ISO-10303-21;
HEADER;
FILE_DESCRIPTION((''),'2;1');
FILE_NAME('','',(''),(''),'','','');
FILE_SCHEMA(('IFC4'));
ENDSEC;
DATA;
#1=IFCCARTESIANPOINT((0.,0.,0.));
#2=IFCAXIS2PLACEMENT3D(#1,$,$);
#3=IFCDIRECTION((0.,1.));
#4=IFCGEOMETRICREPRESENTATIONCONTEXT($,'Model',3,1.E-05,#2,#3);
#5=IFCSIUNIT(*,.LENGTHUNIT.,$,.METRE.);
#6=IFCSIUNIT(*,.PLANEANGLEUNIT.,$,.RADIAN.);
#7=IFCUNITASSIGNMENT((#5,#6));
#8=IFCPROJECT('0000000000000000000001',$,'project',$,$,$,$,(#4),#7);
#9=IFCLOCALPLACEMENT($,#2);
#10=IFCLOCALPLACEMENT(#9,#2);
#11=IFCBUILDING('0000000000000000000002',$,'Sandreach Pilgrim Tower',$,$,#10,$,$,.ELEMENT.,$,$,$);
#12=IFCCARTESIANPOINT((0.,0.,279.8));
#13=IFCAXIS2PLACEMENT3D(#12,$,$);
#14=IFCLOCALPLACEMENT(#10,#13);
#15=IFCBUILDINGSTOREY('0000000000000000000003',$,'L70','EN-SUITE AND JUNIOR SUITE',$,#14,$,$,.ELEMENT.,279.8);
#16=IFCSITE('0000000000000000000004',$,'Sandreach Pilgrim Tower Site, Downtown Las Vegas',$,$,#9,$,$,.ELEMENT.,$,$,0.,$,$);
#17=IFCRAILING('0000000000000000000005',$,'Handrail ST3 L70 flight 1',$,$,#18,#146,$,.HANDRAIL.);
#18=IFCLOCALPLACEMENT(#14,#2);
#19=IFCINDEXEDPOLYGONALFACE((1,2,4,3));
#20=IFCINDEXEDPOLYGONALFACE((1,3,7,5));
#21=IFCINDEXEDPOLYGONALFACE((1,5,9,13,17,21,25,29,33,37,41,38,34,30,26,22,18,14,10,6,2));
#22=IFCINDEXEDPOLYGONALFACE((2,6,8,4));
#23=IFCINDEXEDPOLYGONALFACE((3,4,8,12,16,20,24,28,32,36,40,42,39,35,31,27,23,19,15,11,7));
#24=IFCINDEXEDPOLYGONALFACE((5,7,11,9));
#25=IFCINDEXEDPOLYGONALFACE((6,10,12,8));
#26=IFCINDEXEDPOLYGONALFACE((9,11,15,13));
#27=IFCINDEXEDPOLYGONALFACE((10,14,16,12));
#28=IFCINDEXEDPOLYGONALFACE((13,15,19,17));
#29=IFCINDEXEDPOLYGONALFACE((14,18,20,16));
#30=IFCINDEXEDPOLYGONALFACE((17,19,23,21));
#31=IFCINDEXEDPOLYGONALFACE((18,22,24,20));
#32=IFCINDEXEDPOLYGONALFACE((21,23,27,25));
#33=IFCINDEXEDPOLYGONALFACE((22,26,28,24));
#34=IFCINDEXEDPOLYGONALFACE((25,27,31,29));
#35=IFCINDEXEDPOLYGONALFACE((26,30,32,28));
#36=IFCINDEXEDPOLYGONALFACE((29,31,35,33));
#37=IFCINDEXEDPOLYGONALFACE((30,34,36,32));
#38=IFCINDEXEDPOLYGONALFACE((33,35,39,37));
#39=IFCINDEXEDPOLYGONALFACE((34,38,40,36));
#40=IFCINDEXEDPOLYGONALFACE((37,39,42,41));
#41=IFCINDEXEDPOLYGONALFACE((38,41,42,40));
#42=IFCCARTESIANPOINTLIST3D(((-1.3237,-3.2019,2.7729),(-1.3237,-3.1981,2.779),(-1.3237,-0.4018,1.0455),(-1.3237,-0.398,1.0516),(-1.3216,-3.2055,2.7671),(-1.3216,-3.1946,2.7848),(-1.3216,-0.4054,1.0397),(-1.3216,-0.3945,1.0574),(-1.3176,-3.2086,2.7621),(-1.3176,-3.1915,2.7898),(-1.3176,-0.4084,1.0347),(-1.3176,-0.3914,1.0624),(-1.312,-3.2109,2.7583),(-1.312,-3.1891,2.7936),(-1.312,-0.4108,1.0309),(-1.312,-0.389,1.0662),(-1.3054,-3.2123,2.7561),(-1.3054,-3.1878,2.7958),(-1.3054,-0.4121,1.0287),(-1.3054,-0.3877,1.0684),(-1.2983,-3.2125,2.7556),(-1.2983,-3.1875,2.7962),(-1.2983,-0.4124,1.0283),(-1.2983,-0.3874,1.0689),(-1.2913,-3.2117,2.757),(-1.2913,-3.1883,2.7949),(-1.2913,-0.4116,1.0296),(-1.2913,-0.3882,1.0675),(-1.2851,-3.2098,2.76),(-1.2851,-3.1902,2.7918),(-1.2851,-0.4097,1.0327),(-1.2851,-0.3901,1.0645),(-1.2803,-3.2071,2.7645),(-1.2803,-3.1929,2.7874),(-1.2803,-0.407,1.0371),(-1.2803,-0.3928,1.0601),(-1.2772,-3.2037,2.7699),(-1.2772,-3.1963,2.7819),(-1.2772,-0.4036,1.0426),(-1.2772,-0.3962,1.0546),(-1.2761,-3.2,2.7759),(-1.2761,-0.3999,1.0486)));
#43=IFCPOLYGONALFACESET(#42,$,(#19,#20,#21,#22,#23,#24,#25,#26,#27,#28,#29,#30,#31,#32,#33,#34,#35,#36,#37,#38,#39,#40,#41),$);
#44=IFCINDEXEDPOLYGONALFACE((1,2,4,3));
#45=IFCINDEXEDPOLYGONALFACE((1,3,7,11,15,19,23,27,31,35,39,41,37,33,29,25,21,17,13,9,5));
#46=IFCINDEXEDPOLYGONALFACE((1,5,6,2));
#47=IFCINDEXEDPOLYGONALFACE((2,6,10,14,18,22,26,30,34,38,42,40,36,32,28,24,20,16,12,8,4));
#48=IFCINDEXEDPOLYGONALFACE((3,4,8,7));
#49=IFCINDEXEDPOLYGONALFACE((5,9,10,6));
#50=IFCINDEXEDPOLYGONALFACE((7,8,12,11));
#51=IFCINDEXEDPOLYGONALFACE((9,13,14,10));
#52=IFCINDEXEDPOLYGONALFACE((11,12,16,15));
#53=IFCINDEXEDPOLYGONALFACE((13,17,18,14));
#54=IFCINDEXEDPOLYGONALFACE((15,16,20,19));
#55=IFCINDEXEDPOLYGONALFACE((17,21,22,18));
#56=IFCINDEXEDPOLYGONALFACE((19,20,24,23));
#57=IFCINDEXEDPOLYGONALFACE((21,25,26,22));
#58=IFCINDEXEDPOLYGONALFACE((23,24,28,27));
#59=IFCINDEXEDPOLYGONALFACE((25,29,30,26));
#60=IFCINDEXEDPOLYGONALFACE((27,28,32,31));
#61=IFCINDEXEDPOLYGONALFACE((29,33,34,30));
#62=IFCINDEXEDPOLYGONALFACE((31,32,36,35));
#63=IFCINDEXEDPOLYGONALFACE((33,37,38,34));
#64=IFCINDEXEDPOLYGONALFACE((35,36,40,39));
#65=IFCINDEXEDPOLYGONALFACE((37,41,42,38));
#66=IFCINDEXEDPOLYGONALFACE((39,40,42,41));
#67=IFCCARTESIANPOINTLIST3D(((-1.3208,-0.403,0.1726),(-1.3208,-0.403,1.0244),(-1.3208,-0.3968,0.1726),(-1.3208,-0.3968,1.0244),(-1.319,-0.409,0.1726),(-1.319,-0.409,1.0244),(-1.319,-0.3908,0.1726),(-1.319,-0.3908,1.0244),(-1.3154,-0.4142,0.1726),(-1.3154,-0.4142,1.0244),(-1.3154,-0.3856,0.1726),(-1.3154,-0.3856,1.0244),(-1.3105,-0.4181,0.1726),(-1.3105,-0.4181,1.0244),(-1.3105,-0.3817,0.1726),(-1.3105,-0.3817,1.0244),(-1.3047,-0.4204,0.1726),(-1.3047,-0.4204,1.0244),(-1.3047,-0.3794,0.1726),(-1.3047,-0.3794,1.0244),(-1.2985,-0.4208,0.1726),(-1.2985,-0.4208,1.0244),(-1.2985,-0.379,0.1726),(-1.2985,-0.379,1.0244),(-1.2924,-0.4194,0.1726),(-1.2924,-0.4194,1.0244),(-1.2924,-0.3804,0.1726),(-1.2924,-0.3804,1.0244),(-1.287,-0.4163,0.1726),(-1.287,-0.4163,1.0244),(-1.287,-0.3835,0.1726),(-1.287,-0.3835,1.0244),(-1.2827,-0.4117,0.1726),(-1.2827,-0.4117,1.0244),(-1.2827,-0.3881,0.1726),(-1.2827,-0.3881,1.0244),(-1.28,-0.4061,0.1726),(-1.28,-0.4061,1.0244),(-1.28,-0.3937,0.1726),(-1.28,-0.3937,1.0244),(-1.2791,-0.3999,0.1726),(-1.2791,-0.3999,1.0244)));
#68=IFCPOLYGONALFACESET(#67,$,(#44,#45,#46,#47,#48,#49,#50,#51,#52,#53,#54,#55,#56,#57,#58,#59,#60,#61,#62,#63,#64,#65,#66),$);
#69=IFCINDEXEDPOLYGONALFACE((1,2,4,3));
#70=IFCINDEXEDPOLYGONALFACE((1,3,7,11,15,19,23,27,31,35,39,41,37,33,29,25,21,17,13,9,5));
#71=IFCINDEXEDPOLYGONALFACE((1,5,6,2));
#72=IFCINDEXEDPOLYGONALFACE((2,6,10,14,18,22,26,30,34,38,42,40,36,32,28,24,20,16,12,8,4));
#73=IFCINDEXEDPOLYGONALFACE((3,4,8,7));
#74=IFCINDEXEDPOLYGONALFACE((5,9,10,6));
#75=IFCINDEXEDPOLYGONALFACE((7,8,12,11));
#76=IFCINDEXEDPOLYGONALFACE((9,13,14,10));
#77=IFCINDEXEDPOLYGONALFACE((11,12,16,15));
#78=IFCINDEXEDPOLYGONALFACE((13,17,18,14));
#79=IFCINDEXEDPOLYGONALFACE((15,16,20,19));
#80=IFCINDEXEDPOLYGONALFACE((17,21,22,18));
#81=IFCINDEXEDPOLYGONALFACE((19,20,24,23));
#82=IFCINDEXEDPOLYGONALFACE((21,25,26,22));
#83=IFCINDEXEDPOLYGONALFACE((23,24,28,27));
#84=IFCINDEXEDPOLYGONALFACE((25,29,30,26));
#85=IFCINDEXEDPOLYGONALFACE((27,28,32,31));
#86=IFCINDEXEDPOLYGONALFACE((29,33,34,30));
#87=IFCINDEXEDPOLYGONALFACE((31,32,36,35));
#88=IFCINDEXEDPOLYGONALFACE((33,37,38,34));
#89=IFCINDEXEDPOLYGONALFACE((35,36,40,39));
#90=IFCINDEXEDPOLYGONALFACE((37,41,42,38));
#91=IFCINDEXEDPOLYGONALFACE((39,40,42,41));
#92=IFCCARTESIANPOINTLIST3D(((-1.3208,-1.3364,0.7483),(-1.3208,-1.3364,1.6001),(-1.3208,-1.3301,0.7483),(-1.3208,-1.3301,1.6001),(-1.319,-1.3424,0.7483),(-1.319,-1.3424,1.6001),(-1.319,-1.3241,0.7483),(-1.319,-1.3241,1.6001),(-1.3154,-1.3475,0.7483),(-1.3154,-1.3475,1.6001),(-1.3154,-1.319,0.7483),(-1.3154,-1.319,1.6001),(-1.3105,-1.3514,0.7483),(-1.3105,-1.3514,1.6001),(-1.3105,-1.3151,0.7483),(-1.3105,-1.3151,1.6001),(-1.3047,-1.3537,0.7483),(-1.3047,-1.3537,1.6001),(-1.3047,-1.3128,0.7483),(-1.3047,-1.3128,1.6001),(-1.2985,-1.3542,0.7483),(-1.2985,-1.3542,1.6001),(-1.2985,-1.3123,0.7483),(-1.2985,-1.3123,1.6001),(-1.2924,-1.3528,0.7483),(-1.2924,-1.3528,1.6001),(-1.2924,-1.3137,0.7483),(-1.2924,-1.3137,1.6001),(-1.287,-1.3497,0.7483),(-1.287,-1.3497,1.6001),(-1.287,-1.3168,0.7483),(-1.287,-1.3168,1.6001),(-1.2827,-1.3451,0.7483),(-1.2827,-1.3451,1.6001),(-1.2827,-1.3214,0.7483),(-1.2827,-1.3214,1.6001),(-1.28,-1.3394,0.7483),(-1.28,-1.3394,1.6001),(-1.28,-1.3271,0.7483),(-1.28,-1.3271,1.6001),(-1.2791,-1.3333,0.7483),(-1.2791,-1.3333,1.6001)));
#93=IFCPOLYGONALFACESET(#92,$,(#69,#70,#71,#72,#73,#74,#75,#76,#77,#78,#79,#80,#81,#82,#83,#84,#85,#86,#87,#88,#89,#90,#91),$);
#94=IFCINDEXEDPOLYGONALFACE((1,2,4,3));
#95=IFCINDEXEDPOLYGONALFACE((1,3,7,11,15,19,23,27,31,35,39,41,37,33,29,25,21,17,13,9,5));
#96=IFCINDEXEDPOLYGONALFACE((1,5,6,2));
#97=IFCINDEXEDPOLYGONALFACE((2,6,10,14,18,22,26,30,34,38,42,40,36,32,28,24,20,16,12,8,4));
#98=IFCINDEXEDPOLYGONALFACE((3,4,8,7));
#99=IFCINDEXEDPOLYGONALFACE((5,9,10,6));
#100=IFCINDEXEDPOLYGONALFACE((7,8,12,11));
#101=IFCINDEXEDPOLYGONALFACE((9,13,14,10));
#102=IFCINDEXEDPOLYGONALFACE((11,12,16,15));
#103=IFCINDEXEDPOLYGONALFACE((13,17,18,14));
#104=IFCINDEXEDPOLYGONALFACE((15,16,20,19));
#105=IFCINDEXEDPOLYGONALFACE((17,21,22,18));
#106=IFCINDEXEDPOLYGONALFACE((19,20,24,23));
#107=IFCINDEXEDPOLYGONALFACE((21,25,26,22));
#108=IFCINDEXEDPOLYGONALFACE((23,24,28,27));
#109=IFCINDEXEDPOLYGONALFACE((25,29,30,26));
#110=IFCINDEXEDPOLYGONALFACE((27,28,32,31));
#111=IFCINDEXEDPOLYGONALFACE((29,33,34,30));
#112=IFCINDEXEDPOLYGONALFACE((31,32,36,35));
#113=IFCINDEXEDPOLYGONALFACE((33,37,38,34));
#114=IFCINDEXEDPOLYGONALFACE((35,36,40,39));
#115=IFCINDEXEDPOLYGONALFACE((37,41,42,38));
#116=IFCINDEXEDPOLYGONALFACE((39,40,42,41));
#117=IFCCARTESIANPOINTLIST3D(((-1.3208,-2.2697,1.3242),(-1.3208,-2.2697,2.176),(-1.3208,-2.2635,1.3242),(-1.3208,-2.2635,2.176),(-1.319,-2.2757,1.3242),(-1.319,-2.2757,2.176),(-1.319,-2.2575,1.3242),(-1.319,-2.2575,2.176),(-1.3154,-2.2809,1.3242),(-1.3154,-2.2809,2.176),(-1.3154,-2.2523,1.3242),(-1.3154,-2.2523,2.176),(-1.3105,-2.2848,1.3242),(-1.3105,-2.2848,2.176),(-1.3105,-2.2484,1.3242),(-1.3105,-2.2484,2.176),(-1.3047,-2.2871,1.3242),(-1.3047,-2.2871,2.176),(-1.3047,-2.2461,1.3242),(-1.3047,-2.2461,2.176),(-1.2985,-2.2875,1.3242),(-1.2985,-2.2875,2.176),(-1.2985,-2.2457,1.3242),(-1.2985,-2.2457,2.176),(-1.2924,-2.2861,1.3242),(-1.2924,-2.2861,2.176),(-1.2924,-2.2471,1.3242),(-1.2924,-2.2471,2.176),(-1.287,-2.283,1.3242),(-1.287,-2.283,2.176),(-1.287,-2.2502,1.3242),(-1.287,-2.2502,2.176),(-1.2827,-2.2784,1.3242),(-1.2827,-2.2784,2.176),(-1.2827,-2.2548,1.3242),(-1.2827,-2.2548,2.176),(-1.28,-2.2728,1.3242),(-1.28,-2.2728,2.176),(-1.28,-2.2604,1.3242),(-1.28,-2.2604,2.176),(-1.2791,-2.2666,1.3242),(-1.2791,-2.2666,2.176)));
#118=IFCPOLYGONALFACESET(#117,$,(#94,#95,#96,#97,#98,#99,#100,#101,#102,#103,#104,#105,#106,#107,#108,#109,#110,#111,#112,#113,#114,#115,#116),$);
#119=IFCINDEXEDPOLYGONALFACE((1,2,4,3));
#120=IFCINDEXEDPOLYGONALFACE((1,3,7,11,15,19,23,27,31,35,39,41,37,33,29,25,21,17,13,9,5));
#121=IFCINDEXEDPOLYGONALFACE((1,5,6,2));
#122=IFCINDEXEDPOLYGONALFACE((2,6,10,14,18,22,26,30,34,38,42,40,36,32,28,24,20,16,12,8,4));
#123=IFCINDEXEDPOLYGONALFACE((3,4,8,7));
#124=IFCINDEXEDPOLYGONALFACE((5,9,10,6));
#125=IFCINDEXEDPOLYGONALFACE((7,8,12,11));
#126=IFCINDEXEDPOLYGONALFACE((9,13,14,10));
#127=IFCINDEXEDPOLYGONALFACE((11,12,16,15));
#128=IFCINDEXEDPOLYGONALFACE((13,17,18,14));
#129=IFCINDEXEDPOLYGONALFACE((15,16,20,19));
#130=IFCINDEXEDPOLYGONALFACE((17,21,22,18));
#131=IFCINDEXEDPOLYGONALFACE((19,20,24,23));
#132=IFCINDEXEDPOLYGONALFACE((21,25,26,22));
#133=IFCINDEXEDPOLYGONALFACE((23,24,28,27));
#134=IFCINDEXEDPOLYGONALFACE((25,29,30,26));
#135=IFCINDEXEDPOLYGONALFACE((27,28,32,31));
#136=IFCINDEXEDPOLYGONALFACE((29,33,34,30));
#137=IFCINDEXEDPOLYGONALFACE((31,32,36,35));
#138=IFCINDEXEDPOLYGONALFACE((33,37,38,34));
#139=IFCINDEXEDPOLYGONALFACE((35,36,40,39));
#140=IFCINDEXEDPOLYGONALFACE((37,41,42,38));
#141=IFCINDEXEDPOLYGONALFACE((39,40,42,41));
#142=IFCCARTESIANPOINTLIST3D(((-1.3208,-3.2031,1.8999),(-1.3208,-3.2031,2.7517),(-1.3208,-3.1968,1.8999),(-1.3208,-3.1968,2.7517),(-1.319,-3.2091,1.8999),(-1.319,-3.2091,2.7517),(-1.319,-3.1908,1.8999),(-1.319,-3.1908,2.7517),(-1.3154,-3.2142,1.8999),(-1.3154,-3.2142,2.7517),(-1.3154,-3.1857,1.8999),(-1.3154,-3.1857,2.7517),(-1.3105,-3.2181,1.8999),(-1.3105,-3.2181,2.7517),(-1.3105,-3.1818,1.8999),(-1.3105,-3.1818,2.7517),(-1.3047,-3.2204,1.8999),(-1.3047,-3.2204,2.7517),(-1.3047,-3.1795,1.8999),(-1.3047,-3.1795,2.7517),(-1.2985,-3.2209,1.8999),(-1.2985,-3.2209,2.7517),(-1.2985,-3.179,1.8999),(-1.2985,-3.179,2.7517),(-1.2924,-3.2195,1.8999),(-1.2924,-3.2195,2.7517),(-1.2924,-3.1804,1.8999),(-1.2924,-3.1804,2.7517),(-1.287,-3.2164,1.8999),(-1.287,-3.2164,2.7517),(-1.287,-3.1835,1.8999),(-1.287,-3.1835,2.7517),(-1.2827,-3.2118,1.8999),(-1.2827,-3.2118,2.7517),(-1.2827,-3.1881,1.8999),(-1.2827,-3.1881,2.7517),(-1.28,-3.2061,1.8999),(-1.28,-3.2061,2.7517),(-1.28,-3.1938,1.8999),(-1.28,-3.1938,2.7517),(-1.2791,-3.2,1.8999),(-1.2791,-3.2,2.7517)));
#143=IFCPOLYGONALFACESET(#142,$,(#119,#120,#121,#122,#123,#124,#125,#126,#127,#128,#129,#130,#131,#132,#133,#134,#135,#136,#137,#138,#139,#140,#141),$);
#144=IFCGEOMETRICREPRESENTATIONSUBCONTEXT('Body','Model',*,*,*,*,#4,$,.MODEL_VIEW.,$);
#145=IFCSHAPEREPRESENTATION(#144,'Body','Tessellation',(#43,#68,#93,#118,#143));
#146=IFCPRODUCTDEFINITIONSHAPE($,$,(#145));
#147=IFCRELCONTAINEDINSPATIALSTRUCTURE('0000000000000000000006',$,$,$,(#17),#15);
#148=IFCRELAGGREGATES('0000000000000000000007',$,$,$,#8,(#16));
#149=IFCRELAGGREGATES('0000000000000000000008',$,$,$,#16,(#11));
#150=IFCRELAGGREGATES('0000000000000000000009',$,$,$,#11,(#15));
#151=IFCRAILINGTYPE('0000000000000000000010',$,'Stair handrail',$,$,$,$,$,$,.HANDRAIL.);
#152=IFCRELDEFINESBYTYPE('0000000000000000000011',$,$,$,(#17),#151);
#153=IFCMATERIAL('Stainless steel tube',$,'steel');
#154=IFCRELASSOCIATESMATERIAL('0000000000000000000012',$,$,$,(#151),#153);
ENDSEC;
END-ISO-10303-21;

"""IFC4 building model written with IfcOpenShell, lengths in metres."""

from ifc_helpers import new_model, si_unit, direction, frame, origin, origin_2d, place, context, subcontext, project, spatial, circle, extrude, material, type_object, element, save


model = new_model("IFC4")

# Units and contexts
model_context = context("Model", 3, precision=1e-05, world=origin(), true_north=direction((0.0, 1.0)))
body_context = subcontext(model_context, "Body", "Model", "MODEL_VIEW")
ifc_project = project(units=[si_unit("LENGTHUNIT", "METRE"), si_unit("PLANEANGLEUNIT", "RADIAN")], contexts=[model_context])

# Site, building, storey
site_placement = place(None, origin())
site = spatial("IfcSite", under=ifc_project, at=site_placement, Name="Sandreach Pilgrim Tower Site, Downtown Las Vegas", CompositionType="ELEMENT", RefElevation=0.0)
building_placement = place(site_placement, origin())
building = spatial("IfcBuilding", under=site, at=building_placement, Name="Sandreach Pilgrim Tower", CompositionType="ELEMENT")
storey_placement = place(building_placement, frame((0.0, 0.0, 279.8)))
storey = spatial("IfcBuildingStorey", under=building, at=storey_placement, Name="L70", Description="EN-SUITE AND JUNIOR SUITE", CompositionType="ELEMENT", Elevation=279.8)

# Railing
ifc_material_1 = material(Name="Stainless steel tube", Category="steel")
railing_type = type_object("IfcRailingType", Name="Stair handrail", PredefinedType="HANDRAIL", material=ifc_material_1)
for number, where, name in (
    (1, (-1.3, -0.3999, 0.1726), "Handrail ST3 L70 flight 1"),
):
    element("IfcRailing", number, at=place(storey_placement, frame(where)), inside=storey, type_object=railing_type, Name=name, PredefinedType="HANDRAIL", context=body_context, shape_type="SweptSolid", body=[
        extrude(circle(Radius=0.0239, at=origin_2d()), frame((0.0, 0.0, 0.876), z_axis=(0.0, -0.85109, 0.52502), x_axis=(1.0, 0.0, 0.0)), (0.0, 0.0, 1.0), 3.29),
        extrude(circle(Radius=0.021, at=origin_2d()), origin(), (0.0, 0.0, 1.0), 0.8518),
        extrude(circle(Radius=0.021, at=origin_2d()), frame((0.0, -0.9333, 0.5757)), (0.0, 0.0, 1.0), 0.8518),
        extrude(circle(Radius=0.021, at=origin_2d()), frame((0.0, -1.8667, 1.1516)), (0.0, 0.0, 1.0), 0.8518),
        extrude(circle(Radius=0.021, at=origin_2d()), frame((0.0, -2.8, 1.7273)), (0.0, 0.0, 1.0), 0.8518),
    ])

save(model, "model.ifc")
